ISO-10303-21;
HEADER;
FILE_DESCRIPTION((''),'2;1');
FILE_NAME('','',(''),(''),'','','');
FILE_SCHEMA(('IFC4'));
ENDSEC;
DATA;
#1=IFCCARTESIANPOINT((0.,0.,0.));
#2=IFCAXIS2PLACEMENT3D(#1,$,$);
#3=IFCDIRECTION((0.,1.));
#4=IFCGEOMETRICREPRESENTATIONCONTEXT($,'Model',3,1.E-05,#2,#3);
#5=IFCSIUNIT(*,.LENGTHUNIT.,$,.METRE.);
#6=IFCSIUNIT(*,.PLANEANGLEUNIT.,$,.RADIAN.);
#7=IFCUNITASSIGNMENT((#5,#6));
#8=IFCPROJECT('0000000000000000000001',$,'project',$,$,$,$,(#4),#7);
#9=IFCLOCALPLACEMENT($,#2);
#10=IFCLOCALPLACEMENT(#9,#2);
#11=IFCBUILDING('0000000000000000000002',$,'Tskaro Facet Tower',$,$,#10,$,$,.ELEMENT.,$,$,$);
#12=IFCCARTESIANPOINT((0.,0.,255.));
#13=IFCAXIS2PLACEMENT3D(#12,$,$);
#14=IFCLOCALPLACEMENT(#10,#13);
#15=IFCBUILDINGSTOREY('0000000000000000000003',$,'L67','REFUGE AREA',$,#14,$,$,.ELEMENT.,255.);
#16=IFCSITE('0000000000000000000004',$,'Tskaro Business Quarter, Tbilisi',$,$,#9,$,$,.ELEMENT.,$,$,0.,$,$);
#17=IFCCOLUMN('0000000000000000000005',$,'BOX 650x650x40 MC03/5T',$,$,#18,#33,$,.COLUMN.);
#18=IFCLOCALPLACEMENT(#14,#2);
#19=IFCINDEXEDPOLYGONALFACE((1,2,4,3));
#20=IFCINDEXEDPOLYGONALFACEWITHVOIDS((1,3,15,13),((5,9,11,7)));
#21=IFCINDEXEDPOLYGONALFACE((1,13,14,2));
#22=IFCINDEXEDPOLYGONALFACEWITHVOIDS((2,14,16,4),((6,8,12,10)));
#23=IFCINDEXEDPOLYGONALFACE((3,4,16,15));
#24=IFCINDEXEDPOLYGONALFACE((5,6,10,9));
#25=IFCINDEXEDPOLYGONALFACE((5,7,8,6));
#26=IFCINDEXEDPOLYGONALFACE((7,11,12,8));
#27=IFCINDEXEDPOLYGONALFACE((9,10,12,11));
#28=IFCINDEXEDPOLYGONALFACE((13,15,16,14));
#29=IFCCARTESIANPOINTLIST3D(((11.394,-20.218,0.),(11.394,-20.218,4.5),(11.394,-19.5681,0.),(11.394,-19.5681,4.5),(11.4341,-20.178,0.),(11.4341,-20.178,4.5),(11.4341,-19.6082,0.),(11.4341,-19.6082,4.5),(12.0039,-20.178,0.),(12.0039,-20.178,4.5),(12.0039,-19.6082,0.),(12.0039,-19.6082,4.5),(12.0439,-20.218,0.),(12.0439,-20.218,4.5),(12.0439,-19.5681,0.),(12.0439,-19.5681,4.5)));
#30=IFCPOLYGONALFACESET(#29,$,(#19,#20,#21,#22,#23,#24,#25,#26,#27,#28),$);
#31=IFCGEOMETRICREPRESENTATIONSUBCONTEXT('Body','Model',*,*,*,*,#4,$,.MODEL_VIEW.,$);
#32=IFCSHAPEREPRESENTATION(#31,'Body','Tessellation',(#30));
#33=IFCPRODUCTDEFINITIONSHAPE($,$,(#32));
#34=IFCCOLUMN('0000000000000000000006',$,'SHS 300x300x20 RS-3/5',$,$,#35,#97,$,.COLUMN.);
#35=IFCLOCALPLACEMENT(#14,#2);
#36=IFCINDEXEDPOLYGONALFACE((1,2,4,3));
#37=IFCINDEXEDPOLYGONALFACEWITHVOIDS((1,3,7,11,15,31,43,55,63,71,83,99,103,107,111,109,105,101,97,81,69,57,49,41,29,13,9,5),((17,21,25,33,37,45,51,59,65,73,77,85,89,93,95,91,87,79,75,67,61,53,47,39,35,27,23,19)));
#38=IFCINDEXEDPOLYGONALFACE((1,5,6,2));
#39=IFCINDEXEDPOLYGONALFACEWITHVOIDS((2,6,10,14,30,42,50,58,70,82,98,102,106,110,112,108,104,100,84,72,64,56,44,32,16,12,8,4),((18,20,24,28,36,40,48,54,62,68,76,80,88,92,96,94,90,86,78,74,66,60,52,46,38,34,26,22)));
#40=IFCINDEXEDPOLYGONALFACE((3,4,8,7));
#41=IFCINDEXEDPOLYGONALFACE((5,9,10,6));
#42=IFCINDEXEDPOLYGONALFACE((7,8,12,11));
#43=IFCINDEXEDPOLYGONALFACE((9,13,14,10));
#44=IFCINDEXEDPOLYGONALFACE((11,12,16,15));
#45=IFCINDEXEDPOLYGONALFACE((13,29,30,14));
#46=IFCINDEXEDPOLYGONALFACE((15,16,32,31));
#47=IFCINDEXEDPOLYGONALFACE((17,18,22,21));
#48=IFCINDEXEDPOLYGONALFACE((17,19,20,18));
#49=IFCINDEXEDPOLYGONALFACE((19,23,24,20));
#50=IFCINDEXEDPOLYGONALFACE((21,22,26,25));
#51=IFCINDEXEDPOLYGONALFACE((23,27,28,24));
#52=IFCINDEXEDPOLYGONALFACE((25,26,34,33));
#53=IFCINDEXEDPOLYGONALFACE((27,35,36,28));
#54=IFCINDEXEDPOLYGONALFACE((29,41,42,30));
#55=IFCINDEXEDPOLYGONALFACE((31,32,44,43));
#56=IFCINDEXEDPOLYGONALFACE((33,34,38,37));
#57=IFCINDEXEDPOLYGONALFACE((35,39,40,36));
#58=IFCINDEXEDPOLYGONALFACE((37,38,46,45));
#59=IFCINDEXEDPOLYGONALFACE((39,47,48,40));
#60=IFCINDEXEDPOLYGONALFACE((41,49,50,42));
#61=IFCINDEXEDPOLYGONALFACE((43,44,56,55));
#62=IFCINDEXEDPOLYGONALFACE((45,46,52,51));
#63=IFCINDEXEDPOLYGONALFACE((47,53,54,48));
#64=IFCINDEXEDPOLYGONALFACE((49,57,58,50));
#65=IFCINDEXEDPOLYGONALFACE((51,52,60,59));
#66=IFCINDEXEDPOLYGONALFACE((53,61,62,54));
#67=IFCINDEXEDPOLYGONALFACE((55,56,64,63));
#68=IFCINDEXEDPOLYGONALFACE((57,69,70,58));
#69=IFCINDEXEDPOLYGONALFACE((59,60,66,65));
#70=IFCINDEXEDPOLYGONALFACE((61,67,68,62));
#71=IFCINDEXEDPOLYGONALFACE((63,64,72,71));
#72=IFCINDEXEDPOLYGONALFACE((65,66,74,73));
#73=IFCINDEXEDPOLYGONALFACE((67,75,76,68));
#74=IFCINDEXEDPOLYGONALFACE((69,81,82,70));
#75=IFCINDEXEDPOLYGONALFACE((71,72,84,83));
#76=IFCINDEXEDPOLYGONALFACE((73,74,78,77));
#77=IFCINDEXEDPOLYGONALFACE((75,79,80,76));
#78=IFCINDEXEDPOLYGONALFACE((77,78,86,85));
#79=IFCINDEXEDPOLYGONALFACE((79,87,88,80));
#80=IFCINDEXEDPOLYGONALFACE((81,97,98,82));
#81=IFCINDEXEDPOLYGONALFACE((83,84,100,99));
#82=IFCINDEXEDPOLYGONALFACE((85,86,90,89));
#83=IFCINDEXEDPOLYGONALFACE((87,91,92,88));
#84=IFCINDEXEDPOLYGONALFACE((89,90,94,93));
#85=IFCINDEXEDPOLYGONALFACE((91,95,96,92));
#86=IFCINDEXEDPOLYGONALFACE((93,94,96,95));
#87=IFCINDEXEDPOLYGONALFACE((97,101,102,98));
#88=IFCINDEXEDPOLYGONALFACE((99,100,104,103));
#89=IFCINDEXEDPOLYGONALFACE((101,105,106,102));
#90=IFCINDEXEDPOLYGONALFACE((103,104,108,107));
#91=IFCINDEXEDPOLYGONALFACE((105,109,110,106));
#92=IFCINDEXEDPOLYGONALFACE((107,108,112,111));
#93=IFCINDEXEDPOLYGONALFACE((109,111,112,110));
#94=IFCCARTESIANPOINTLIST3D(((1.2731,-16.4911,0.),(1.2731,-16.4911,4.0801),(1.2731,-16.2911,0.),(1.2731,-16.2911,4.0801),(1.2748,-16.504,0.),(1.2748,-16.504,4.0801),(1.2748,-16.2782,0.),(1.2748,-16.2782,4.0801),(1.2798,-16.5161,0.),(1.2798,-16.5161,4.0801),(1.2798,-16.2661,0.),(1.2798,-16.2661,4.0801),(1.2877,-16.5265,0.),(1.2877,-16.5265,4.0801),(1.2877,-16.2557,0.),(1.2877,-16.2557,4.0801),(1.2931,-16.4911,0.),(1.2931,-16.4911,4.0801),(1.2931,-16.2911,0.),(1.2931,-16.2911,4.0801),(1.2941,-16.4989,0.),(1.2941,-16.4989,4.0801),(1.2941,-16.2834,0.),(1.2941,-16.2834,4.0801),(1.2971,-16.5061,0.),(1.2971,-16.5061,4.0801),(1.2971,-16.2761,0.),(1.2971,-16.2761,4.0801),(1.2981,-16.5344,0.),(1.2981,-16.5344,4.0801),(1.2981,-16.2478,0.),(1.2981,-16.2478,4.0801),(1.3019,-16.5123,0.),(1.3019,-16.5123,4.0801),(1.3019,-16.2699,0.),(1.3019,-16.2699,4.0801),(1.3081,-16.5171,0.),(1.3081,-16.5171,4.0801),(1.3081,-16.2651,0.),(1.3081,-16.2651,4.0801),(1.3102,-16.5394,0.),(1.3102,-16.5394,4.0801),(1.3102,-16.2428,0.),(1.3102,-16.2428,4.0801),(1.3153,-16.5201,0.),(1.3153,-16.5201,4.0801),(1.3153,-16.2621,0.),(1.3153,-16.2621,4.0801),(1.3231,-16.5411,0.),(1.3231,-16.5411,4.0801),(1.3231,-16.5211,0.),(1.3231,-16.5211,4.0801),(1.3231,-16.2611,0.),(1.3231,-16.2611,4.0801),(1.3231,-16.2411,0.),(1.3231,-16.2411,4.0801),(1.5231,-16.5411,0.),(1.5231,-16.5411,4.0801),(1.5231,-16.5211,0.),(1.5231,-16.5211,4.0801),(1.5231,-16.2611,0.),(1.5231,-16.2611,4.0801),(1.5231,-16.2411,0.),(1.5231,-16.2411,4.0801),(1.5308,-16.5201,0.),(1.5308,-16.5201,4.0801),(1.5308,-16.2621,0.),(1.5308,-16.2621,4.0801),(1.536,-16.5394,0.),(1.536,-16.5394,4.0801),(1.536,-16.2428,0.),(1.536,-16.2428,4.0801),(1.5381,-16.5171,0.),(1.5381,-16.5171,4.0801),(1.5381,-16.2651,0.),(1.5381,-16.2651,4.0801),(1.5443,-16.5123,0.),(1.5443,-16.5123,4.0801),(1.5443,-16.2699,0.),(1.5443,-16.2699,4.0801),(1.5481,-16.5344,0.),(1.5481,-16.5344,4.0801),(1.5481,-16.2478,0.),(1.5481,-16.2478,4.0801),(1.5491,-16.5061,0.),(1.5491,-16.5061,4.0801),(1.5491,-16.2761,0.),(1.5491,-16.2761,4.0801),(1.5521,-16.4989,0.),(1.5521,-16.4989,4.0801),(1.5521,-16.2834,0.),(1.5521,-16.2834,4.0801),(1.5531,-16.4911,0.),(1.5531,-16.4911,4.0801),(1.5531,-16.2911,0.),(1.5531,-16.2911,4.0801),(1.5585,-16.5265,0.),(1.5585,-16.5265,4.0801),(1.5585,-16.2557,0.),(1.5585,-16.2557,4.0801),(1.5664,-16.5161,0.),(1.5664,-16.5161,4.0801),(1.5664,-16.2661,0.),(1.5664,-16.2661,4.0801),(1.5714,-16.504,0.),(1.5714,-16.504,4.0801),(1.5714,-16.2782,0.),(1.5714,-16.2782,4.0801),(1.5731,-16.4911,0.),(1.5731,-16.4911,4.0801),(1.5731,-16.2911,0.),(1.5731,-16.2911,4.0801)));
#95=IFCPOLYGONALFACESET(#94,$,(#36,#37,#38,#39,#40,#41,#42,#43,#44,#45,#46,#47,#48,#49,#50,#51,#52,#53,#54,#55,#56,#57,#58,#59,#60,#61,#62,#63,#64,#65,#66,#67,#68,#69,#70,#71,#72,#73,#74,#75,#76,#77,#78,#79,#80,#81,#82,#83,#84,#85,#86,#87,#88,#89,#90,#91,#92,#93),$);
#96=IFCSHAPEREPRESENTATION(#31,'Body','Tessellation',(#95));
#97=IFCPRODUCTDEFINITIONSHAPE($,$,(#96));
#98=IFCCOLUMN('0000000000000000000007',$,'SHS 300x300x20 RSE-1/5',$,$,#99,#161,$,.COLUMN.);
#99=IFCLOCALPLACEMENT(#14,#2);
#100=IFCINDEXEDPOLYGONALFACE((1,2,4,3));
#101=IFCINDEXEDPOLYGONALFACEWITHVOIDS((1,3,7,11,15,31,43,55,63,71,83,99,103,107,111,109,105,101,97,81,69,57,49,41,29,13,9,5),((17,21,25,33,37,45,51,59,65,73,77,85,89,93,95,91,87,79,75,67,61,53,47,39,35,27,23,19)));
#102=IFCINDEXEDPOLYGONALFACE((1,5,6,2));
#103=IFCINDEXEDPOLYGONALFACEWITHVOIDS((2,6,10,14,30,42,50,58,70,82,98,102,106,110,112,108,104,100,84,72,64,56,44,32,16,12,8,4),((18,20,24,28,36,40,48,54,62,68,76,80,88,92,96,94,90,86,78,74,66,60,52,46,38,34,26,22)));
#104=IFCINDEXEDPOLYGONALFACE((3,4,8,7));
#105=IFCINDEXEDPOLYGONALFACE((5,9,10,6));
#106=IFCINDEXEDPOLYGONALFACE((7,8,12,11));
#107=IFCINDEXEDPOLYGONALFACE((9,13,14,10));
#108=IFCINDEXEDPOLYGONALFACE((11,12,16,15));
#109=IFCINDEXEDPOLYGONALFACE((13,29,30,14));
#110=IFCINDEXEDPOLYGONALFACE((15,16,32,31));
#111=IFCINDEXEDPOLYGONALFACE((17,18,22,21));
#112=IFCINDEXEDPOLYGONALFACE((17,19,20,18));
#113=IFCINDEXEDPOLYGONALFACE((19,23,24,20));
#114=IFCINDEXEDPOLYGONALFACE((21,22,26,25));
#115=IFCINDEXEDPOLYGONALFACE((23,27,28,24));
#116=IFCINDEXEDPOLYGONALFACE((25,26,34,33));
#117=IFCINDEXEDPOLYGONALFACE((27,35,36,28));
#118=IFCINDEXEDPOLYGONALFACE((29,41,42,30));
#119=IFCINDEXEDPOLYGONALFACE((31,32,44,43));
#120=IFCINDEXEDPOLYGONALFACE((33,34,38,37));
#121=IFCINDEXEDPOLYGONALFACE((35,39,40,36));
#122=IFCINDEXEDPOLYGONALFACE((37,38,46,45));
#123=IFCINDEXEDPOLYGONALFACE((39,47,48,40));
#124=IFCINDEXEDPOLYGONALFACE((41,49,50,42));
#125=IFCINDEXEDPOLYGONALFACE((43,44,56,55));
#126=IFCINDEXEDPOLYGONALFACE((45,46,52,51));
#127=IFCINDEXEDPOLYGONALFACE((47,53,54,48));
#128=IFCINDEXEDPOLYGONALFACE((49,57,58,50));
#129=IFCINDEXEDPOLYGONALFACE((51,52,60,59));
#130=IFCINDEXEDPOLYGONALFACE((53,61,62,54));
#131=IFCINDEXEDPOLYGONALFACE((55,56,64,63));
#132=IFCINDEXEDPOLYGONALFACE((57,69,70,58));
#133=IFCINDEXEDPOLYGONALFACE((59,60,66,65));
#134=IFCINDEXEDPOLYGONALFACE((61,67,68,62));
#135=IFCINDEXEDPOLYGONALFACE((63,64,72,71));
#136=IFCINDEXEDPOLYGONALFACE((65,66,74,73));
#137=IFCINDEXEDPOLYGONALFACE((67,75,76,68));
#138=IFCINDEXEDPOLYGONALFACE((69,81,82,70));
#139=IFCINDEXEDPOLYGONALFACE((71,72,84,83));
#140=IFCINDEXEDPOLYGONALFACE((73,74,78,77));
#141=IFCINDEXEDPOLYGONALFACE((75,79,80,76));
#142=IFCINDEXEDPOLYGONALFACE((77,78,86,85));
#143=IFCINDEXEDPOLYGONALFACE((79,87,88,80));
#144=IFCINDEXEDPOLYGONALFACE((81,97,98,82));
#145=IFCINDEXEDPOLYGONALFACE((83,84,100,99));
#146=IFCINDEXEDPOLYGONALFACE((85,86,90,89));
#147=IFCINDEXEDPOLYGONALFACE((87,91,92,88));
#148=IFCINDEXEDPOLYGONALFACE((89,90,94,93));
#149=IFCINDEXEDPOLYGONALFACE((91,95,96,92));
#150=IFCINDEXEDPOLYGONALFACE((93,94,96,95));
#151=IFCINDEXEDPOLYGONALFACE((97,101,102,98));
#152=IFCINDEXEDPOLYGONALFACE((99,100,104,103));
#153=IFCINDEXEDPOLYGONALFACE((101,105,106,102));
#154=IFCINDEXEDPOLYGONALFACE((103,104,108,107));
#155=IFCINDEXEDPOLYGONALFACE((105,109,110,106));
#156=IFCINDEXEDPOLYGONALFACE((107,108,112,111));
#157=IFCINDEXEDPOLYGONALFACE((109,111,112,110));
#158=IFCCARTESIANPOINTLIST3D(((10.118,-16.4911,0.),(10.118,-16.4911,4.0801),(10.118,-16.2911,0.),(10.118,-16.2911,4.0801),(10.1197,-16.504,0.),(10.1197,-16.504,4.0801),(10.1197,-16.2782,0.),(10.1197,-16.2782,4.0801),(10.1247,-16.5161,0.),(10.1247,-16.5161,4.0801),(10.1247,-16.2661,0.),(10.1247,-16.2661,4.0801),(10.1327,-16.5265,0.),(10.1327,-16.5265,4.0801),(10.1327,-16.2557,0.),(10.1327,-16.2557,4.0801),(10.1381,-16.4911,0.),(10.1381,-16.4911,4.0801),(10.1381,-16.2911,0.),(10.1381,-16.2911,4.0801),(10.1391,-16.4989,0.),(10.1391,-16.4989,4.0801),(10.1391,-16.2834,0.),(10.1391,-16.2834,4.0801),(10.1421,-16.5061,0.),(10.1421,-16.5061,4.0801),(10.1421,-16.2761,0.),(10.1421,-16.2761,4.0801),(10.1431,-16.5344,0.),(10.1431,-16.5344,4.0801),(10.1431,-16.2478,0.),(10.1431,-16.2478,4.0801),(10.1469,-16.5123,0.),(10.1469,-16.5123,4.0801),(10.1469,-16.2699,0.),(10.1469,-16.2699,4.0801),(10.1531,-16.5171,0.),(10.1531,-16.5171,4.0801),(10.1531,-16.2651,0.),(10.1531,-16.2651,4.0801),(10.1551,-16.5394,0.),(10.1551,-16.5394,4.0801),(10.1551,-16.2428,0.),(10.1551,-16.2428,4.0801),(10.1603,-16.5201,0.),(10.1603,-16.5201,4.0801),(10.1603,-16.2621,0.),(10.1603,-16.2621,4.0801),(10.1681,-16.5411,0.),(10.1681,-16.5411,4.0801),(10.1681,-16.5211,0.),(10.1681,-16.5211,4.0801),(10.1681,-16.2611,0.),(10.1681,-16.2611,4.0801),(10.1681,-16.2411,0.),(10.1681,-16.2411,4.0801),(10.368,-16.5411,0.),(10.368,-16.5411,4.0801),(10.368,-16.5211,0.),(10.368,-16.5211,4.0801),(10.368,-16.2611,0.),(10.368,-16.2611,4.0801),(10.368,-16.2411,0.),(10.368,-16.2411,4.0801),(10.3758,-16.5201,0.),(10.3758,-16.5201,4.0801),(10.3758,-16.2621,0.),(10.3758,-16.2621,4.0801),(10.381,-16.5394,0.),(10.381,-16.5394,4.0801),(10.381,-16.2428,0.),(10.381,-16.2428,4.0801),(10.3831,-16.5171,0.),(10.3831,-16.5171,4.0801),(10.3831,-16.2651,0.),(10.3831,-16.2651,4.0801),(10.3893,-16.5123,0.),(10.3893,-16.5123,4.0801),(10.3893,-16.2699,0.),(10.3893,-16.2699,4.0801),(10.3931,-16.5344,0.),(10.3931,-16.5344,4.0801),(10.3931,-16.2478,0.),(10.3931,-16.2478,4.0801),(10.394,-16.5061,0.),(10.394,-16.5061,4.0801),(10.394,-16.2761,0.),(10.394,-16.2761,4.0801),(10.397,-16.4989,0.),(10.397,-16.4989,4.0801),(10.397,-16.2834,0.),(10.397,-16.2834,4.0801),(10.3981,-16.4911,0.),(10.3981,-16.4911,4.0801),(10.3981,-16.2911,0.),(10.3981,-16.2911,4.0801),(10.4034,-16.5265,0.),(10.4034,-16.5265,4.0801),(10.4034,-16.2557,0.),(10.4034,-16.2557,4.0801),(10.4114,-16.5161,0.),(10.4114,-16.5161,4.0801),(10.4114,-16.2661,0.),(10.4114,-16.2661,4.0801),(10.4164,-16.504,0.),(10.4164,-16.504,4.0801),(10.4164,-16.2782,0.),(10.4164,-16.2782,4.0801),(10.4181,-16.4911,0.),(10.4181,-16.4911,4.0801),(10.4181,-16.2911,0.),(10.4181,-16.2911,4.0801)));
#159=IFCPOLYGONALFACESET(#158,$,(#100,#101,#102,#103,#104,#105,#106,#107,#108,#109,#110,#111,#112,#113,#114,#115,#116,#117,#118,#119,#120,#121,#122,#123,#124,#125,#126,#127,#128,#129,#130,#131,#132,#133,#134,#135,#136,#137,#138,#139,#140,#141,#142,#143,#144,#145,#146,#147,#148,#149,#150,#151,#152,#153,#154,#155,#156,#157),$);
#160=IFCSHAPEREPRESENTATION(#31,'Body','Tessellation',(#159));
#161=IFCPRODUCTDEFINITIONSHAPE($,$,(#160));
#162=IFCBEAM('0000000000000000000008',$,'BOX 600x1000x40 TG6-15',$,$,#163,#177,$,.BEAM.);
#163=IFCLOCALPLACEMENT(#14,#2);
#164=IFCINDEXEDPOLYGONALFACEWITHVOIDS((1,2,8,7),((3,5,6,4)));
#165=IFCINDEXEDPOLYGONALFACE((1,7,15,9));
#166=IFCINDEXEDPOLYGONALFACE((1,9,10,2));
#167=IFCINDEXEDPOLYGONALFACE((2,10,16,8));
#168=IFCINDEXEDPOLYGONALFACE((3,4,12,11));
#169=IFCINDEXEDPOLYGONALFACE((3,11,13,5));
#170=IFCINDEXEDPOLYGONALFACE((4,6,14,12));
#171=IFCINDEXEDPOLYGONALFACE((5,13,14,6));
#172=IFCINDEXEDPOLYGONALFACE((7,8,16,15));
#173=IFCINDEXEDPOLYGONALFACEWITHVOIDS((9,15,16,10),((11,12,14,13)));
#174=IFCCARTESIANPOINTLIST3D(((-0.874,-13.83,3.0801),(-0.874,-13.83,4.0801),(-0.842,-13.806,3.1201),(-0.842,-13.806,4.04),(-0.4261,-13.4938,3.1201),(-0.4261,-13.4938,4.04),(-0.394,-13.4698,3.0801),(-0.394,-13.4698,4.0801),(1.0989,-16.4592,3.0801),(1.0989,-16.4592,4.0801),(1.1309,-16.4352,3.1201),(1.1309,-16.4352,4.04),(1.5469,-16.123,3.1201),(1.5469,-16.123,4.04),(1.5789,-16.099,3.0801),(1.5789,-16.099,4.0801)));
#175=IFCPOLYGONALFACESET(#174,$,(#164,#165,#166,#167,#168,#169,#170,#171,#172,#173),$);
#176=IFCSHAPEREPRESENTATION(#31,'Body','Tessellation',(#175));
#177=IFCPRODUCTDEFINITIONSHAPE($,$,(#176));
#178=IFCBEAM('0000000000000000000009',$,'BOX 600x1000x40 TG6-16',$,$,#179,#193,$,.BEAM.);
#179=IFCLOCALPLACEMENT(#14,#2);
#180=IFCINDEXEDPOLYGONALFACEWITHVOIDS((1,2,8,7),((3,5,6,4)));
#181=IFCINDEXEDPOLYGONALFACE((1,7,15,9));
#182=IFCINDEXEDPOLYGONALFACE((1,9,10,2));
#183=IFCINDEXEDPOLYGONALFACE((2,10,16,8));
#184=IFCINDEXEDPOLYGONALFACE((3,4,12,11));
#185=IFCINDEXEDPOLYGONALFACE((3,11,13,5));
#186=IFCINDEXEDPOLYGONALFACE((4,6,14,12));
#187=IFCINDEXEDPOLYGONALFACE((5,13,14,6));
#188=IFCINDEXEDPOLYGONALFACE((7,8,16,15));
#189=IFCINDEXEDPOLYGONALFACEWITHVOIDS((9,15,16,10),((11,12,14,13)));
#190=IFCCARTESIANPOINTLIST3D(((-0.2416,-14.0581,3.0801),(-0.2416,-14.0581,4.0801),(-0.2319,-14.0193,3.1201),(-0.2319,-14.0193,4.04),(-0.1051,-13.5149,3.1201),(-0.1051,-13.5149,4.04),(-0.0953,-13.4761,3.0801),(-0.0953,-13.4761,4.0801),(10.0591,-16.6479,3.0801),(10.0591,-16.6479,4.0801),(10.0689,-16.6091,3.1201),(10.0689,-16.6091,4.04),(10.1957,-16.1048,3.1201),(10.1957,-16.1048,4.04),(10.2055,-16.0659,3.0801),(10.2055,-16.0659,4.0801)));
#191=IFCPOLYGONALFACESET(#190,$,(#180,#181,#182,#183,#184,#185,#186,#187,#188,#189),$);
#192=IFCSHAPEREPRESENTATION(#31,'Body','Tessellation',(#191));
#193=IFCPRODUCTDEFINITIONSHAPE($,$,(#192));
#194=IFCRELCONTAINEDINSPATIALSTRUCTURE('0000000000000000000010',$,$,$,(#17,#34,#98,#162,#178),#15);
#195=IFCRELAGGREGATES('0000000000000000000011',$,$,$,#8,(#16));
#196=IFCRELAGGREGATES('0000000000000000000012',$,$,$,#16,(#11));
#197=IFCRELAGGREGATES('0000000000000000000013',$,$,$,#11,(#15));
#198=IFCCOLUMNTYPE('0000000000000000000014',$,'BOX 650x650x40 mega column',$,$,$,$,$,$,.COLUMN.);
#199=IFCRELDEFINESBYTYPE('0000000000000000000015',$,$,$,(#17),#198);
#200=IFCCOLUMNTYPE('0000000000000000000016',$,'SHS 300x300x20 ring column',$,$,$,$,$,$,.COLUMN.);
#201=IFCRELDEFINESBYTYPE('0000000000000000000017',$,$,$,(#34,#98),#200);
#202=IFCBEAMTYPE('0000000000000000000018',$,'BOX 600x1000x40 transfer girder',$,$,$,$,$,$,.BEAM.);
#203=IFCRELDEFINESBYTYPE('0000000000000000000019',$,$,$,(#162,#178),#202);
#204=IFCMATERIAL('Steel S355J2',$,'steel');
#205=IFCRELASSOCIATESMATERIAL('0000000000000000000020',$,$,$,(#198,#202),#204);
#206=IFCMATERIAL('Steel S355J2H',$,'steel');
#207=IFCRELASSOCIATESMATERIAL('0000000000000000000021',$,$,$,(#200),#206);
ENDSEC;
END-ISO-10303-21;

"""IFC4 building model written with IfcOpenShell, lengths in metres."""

from ifc_helpers import new_model, si_unit, direction, frame, origin, origin_2d, place, context, subcontext, project, spatial, hollow_rectangle, extrude, material, material_profile, profile_set, type_object, element, save


model = new_model("IFC4")

# Units and contexts
model_context = context("Model", 3, precision=1e-05, world=origin(), true_north=direction((0.0, 1.0)))
body_context = subcontext(model_context, "Body", "Model", "MODEL_VIEW")
ifc_project = project(units=[si_unit("LENGTHUNIT", "METRE"), si_unit("PLANEANGLEUNIT", "RADIAN")], contexts=[model_context])

# Site, building, storey
site_placement = place(None, origin())
site = spatial("IfcSite", under=ifc_project, at=site_placement, Name="Tskaro Business Quarter, Tbilisi", CompositionType="ELEMENT", RefElevation=0.0)
building_placement = place(site_placement, origin())
building = spatial("IfcBuilding", under=site, at=building_placement, Name="Tskaro Facet Tower", CompositionType="ELEMENT")
storey_placement = place(building_placement, frame((0.0, 0.0, 255.0)))
storey = spatial("IfcBuildingStorey", under=building, at=storey_placement, Name="L67", Description="REFUGE AREA", CompositionType="ELEMENT", Elevation=255.0)

# Columns
ifc_material_1 = material(Name="Steel S355J2", Category="steel")
ifc_material_profile_1 = material_profile(ifc_material_1, hollow_rectangle(XDim=0.6499, YDim=0.6499, WallThickness=0.04, at=origin_2d()), Name="BOX 650x650x40")
ifc_profile_set_1 = profile_set([ifc_material_profile_1], Name="Steel S355J2")
column_type_1 = type_object("IfcColumnType", Name="BOX 650x650x40 mega column", PredefinedType="COLUMN", material=ifc_profile_set_1)
column_placement = place(storey_placement, frame((11.719, -19.8931, 0.0), z_axis=(0.0, 0.0, 1.0), x_axis=(1.0, 0.0, 0.0)))
element("IfcColumn", 1, at=column_placement, inside=storey, type_object=column_type_1, Name="BOX 650x650x40 MC03/5T", PredefinedType="COLUMN", context=body_context, shape_type="SweptSolid", body=[
    extrude(hollow_rectangle(XDim=0.6499, YDim=0.6499, WallThickness=0.04, at=origin_2d()), origin(), (0.0, 0.0, 1.0), 4.5),
])
ifc_material_2 = material(Name="Steel S355J2H", Category="steel")
ifc_material_profile_2 = material_profile(ifc_material_2, hollow_rectangle(XDim=0.3, YDim=0.3, WallThickness=0.02, InnerFilletRadius=0.03, OuterFilletRadius=0.05, at=origin_2d()), Name="SHS 300x300x20")
ifc_profile_set_2 = profile_set([ifc_material_profile_2], Name="Steel S355J2H")
column_type_2 = type_object("IfcColumnType", Name="SHS 300x300x20 ring column", PredefinedType="COLUMN", material=ifc_profile_set_2)
for number, where, z_axis, x_axis, name in (
    (2, (1.4231, -16.3911, 0.0), (0.0, 0.0, 1.0), (1.0, 0.0, 0.0), "SHS 300x300x20 RS-3/5"),
    (3, (10.2681, -16.3911, 0.0), (0.0, 0.0, 1.0), (1.0, 0.0, 0.0), "SHS 300x300x20 RSE-1/5"),
):
    element("IfcColumn", number, at=place(storey_placement, frame(where, z_axis=z_axis, x_axis=x_axis)), inside=storey, type_object=column_type_2, Name=name, PredefinedType="COLUMN", context=body_context, shape_type="SweptSolid", body=[
        extrude(hollow_rectangle(XDim=0.3, YDim=0.3, WallThickness=0.02, InnerFilletRadius=0.03, OuterFilletRadius=0.05, at=origin_2d()), origin(), (0.0, 0.0, 1.0), 4.0801),
    ])

# Beams
ifc_material_profile_3 = material_profile(ifc_material_1, hollow_rectangle(XDim=0.6001, YDim=1.0, WallThickness=0.04, at=origin_2d()), Name="BOX 600x1000x40")
ifc_profile_set_3 = profile_set([ifc_material_profile_3], Name="Steel S355J2")
beam_type_1 = type_object("IfcBeamType", Name="BOX 600x1000x40 transfer girder", PredefinedType="BEAM", material=ifc_profile_set_3)
beam_1_placement = place(storey_placement, frame((-0.634, -13.6499, 3.5801), z_axis=(0.600202, -0.799848, 0.0), x_axis=(0.799848, 0.600202, 0.0)))
element("IfcBeam", 4, at=beam_1_placement, inside=storey, type_object=beam_type_1, Name="BOX 600x1000x40 TG6-15", PredefinedType="BEAM", context=body_context, shape_type="SweptSolid", body=[
    extrude(hollow_rectangle(XDim=0.6001, YDim=1.0, WallThickness=0.04, at=origin_2d()), origin(), (0.0, 0.0, 1.0), 3.2871),
])
beam_2_placement = place(storey_placement, frame((-0.1685, -13.7671, 3.5801), z_axis=(0.969817, -0.243833, 0.0), x_axis=(0.243833, 0.969817, 0.0)))
element("IfcBeam", 5, at=beam_2_placement, inside=storey, type_object=beam_type_1, Name="BOX 600x1000x40 TG6-16", PredefinedType="BEAM", context=body_context, shape_type="SweptSolid", body=[
    extrude(hollow_rectangle(XDim=0.6001, YDim=1.0, WallThickness=0.04, at=origin_2d()), origin(), (0.0, 0.0, 1.0), 10.6213),
])

save(model, "model.ifc")
